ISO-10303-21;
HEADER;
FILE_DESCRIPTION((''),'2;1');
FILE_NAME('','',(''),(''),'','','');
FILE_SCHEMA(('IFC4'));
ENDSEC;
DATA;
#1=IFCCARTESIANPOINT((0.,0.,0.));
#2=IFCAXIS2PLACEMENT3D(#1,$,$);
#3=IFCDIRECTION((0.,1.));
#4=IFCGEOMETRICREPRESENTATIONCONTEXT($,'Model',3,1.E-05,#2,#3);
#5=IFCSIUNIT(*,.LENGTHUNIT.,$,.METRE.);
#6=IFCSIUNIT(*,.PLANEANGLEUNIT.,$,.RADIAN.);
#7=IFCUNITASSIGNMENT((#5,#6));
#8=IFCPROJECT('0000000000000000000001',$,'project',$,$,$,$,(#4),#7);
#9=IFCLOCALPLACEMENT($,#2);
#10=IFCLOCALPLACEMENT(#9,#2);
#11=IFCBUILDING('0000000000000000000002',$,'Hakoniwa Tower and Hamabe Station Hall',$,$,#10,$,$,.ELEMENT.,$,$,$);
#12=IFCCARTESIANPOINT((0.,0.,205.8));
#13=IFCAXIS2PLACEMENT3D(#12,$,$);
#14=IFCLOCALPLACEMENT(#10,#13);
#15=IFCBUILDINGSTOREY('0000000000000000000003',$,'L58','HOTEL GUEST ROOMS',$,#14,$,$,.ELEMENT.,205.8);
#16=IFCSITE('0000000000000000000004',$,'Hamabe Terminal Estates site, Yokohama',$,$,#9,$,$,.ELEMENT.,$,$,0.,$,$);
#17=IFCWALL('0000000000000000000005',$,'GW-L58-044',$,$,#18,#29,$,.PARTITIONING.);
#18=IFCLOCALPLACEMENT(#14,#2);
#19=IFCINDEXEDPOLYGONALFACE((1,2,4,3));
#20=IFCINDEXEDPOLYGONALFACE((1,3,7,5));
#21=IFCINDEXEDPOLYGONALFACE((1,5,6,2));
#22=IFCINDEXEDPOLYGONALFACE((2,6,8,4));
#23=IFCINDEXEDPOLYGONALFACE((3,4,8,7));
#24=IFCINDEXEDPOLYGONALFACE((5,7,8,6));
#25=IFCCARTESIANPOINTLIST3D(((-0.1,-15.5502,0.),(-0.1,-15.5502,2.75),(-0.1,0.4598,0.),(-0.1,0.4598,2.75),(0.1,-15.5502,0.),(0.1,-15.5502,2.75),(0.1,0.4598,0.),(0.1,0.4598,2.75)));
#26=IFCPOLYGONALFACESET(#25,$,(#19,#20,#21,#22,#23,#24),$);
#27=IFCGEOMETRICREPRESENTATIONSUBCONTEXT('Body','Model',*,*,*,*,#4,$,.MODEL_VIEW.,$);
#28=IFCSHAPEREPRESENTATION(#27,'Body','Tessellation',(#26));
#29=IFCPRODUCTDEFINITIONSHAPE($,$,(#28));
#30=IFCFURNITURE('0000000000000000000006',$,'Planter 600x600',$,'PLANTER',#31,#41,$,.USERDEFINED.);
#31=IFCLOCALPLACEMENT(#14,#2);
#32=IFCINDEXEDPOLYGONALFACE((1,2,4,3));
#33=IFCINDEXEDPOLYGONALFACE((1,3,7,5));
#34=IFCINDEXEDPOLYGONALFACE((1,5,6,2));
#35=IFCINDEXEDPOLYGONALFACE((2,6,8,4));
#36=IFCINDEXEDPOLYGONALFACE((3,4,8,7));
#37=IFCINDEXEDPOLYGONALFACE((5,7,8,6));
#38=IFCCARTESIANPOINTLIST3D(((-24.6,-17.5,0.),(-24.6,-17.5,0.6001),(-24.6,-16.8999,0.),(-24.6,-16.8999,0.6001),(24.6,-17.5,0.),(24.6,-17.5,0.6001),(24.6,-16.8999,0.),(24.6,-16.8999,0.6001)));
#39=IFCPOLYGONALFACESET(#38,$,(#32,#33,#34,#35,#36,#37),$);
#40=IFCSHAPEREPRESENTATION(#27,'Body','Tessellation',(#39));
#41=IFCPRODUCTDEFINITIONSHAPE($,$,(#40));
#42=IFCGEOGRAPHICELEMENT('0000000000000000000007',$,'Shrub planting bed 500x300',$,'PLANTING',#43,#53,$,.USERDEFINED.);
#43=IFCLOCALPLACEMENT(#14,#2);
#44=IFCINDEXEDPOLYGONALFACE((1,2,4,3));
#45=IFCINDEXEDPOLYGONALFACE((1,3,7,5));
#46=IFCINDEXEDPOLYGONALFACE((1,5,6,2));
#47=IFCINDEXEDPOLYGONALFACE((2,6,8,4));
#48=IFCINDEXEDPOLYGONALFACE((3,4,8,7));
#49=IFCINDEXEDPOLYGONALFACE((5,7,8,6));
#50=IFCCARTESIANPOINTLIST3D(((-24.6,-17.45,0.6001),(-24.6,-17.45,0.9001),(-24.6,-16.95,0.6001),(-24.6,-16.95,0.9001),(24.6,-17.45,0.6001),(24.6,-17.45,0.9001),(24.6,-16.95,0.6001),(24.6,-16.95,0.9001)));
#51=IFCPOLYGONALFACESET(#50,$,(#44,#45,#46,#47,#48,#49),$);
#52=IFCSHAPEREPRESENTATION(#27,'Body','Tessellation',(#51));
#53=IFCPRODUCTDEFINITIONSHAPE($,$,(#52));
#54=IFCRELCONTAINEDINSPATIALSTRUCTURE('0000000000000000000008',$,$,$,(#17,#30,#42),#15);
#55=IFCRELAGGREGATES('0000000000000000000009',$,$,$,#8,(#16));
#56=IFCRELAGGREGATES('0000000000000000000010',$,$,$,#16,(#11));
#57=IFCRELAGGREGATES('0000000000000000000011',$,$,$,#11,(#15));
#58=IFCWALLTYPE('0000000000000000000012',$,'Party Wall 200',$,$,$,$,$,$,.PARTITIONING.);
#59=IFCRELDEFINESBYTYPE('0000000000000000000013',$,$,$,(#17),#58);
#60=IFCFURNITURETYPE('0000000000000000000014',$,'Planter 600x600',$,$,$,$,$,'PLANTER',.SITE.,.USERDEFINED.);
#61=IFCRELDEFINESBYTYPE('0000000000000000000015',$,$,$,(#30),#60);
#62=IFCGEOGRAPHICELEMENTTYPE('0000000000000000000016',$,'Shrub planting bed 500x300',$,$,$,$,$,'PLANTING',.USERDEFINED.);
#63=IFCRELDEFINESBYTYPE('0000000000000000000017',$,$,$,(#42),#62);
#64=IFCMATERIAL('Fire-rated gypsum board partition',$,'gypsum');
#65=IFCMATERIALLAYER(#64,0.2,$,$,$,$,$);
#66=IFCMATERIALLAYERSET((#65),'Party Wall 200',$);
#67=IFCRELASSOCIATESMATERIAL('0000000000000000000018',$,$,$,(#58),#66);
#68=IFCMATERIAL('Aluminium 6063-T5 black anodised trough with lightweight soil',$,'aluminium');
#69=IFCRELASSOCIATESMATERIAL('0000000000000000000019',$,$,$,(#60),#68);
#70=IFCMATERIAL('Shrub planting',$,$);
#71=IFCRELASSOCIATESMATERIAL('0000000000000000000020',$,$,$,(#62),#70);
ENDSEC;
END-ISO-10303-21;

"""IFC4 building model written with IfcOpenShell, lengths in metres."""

from ifc_helpers import new_model, si_unit, direction, frame, frame_2d, origin, origin_2d, place, context, subcontext, project, spatial, rectangle, extrude, material, layer, layer_set, type_object, element, save


model = new_model("IFC4")

# Units and contexts
model_context = context("Model", 3, precision=1e-05, world=origin(), true_north=direction((0.0, 1.0)))
body_context = subcontext(model_context, "Body", "Model", "MODEL_VIEW")
ifc_project = project(units=[si_unit("LENGTHUNIT", "METRE"), si_unit("PLANEANGLEUNIT", "RADIAN")], contexts=[model_context])

# Site, building, storey
site_placement = place(None, origin())
site = spatial("IfcSite", under=ifc_project, at=site_placement, Name="Hamabe Terminal Estates site, Yokohama", CompositionType="ELEMENT", RefElevation=0.0)
building_placement = place(site_placement, origin())
building = spatial("IfcBuilding", under=site, at=building_placement, Name="Hakoniwa Tower and Hamabe Station Hall", CompositionType="ELEMENT")
storey_placement = place(building_placement, frame((0.0, 0.0, 205.8)))
storey = spatial("IfcBuildingStorey", under=building, at=storey_placement, Name="L58", Description="HOTEL GUEST ROOMS", CompositionType="ELEMENT", Elevation=205.8)

# Wall
ifc_material_1 = material(Name="Fire-rated gypsum board partition", Category="gypsum")
ifc_layer_1 = layer(ifc_material_1, 0.2)
ifc_layer_set_1 = layer_set([ifc_layer_1], Name="Party Wall 200")
wall_type = type_object("IfcWallType", Name="Party Wall 200", PredefinedType="PARTITIONING", material=ifc_layer_set_1)
wall_placement = place(storey_placement, frame((0.0, -15.55, 0.0), z_axis=(0.0, 0.0, 1.0), x_axis=(0.0, 1.0, 0.0)))
element("IfcWall", 1, at=wall_placement, inside=storey, type_object=wall_type, Name="GW-L58-044", PredefinedType="PARTITIONING", context=body_context, shape_type="SweptSolid", body=[
    extrude(rectangle(XDim=16.01, YDim=0.2, at=frame_2d((8.0049, 0.0))), origin(), (0.0, 0.0, 1.0), 2.75),
])

# Furniture
ifc_material_2 = material(Name="Aluminium 6063-T5 black anodised trough with lightweight soil", Category="aluminium")
furniture_type = type_object("IfcFurnitureType", Name="Planter 600x600", ElementType="PLANTER", AssemblyPlace="SITE", PredefinedType="USERDEFINED", material=ifc_material_2)
furniture_placement = place(storey_placement, frame((0.0, -17.2, 0.0), z_axis=(0.0, 0.0, 1.0), x_axis=(1.0, 0.0, 0.0)))
element("IfcFurniture", 2, at=furniture_placement, inside=storey, type_object=furniture_type, Name="Planter 600x600", ObjectType="PLANTER", PredefinedType="USERDEFINED", context=body_context, shape_type="SweptSolid", body=[
    extrude(rectangle(XDim=49.2, YDim=0.6001, at=origin_2d()), origin(), (0.0, 0.0, 1.0), 0.6001),
])

# Geographic element
ifc_material_3 = material(Name="Shrub planting")
geographic_element_type = type_object("IfcGeographicElementType", Name="Shrub planting bed 500x300", ElementType="PLANTING", PredefinedType="USERDEFINED", material=ifc_material_3)
geographic_element_placement = place(storey_placement, frame((0.0, -17.2, 0.6001), z_axis=(0.0, 0.0, 1.0), x_axis=(1.0, 0.0, 0.0)))
element("IfcGeographicElement", 3, at=geographic_element_placement, inside=storey, type_object=geographic_element_type, Name="Shrub planting bed 500x300", ObjectType="PLANTING", PredefinedType="USERDEFINED", context=body_context, shape_type="SweptSolid", body=[
    extrude(rectangle(XDim=49.2, YDim=0.5, at=origin_2d()), origin(), (0.0, 0.0, 1.0), 0.3),
])

save(model, "model.ifc")
